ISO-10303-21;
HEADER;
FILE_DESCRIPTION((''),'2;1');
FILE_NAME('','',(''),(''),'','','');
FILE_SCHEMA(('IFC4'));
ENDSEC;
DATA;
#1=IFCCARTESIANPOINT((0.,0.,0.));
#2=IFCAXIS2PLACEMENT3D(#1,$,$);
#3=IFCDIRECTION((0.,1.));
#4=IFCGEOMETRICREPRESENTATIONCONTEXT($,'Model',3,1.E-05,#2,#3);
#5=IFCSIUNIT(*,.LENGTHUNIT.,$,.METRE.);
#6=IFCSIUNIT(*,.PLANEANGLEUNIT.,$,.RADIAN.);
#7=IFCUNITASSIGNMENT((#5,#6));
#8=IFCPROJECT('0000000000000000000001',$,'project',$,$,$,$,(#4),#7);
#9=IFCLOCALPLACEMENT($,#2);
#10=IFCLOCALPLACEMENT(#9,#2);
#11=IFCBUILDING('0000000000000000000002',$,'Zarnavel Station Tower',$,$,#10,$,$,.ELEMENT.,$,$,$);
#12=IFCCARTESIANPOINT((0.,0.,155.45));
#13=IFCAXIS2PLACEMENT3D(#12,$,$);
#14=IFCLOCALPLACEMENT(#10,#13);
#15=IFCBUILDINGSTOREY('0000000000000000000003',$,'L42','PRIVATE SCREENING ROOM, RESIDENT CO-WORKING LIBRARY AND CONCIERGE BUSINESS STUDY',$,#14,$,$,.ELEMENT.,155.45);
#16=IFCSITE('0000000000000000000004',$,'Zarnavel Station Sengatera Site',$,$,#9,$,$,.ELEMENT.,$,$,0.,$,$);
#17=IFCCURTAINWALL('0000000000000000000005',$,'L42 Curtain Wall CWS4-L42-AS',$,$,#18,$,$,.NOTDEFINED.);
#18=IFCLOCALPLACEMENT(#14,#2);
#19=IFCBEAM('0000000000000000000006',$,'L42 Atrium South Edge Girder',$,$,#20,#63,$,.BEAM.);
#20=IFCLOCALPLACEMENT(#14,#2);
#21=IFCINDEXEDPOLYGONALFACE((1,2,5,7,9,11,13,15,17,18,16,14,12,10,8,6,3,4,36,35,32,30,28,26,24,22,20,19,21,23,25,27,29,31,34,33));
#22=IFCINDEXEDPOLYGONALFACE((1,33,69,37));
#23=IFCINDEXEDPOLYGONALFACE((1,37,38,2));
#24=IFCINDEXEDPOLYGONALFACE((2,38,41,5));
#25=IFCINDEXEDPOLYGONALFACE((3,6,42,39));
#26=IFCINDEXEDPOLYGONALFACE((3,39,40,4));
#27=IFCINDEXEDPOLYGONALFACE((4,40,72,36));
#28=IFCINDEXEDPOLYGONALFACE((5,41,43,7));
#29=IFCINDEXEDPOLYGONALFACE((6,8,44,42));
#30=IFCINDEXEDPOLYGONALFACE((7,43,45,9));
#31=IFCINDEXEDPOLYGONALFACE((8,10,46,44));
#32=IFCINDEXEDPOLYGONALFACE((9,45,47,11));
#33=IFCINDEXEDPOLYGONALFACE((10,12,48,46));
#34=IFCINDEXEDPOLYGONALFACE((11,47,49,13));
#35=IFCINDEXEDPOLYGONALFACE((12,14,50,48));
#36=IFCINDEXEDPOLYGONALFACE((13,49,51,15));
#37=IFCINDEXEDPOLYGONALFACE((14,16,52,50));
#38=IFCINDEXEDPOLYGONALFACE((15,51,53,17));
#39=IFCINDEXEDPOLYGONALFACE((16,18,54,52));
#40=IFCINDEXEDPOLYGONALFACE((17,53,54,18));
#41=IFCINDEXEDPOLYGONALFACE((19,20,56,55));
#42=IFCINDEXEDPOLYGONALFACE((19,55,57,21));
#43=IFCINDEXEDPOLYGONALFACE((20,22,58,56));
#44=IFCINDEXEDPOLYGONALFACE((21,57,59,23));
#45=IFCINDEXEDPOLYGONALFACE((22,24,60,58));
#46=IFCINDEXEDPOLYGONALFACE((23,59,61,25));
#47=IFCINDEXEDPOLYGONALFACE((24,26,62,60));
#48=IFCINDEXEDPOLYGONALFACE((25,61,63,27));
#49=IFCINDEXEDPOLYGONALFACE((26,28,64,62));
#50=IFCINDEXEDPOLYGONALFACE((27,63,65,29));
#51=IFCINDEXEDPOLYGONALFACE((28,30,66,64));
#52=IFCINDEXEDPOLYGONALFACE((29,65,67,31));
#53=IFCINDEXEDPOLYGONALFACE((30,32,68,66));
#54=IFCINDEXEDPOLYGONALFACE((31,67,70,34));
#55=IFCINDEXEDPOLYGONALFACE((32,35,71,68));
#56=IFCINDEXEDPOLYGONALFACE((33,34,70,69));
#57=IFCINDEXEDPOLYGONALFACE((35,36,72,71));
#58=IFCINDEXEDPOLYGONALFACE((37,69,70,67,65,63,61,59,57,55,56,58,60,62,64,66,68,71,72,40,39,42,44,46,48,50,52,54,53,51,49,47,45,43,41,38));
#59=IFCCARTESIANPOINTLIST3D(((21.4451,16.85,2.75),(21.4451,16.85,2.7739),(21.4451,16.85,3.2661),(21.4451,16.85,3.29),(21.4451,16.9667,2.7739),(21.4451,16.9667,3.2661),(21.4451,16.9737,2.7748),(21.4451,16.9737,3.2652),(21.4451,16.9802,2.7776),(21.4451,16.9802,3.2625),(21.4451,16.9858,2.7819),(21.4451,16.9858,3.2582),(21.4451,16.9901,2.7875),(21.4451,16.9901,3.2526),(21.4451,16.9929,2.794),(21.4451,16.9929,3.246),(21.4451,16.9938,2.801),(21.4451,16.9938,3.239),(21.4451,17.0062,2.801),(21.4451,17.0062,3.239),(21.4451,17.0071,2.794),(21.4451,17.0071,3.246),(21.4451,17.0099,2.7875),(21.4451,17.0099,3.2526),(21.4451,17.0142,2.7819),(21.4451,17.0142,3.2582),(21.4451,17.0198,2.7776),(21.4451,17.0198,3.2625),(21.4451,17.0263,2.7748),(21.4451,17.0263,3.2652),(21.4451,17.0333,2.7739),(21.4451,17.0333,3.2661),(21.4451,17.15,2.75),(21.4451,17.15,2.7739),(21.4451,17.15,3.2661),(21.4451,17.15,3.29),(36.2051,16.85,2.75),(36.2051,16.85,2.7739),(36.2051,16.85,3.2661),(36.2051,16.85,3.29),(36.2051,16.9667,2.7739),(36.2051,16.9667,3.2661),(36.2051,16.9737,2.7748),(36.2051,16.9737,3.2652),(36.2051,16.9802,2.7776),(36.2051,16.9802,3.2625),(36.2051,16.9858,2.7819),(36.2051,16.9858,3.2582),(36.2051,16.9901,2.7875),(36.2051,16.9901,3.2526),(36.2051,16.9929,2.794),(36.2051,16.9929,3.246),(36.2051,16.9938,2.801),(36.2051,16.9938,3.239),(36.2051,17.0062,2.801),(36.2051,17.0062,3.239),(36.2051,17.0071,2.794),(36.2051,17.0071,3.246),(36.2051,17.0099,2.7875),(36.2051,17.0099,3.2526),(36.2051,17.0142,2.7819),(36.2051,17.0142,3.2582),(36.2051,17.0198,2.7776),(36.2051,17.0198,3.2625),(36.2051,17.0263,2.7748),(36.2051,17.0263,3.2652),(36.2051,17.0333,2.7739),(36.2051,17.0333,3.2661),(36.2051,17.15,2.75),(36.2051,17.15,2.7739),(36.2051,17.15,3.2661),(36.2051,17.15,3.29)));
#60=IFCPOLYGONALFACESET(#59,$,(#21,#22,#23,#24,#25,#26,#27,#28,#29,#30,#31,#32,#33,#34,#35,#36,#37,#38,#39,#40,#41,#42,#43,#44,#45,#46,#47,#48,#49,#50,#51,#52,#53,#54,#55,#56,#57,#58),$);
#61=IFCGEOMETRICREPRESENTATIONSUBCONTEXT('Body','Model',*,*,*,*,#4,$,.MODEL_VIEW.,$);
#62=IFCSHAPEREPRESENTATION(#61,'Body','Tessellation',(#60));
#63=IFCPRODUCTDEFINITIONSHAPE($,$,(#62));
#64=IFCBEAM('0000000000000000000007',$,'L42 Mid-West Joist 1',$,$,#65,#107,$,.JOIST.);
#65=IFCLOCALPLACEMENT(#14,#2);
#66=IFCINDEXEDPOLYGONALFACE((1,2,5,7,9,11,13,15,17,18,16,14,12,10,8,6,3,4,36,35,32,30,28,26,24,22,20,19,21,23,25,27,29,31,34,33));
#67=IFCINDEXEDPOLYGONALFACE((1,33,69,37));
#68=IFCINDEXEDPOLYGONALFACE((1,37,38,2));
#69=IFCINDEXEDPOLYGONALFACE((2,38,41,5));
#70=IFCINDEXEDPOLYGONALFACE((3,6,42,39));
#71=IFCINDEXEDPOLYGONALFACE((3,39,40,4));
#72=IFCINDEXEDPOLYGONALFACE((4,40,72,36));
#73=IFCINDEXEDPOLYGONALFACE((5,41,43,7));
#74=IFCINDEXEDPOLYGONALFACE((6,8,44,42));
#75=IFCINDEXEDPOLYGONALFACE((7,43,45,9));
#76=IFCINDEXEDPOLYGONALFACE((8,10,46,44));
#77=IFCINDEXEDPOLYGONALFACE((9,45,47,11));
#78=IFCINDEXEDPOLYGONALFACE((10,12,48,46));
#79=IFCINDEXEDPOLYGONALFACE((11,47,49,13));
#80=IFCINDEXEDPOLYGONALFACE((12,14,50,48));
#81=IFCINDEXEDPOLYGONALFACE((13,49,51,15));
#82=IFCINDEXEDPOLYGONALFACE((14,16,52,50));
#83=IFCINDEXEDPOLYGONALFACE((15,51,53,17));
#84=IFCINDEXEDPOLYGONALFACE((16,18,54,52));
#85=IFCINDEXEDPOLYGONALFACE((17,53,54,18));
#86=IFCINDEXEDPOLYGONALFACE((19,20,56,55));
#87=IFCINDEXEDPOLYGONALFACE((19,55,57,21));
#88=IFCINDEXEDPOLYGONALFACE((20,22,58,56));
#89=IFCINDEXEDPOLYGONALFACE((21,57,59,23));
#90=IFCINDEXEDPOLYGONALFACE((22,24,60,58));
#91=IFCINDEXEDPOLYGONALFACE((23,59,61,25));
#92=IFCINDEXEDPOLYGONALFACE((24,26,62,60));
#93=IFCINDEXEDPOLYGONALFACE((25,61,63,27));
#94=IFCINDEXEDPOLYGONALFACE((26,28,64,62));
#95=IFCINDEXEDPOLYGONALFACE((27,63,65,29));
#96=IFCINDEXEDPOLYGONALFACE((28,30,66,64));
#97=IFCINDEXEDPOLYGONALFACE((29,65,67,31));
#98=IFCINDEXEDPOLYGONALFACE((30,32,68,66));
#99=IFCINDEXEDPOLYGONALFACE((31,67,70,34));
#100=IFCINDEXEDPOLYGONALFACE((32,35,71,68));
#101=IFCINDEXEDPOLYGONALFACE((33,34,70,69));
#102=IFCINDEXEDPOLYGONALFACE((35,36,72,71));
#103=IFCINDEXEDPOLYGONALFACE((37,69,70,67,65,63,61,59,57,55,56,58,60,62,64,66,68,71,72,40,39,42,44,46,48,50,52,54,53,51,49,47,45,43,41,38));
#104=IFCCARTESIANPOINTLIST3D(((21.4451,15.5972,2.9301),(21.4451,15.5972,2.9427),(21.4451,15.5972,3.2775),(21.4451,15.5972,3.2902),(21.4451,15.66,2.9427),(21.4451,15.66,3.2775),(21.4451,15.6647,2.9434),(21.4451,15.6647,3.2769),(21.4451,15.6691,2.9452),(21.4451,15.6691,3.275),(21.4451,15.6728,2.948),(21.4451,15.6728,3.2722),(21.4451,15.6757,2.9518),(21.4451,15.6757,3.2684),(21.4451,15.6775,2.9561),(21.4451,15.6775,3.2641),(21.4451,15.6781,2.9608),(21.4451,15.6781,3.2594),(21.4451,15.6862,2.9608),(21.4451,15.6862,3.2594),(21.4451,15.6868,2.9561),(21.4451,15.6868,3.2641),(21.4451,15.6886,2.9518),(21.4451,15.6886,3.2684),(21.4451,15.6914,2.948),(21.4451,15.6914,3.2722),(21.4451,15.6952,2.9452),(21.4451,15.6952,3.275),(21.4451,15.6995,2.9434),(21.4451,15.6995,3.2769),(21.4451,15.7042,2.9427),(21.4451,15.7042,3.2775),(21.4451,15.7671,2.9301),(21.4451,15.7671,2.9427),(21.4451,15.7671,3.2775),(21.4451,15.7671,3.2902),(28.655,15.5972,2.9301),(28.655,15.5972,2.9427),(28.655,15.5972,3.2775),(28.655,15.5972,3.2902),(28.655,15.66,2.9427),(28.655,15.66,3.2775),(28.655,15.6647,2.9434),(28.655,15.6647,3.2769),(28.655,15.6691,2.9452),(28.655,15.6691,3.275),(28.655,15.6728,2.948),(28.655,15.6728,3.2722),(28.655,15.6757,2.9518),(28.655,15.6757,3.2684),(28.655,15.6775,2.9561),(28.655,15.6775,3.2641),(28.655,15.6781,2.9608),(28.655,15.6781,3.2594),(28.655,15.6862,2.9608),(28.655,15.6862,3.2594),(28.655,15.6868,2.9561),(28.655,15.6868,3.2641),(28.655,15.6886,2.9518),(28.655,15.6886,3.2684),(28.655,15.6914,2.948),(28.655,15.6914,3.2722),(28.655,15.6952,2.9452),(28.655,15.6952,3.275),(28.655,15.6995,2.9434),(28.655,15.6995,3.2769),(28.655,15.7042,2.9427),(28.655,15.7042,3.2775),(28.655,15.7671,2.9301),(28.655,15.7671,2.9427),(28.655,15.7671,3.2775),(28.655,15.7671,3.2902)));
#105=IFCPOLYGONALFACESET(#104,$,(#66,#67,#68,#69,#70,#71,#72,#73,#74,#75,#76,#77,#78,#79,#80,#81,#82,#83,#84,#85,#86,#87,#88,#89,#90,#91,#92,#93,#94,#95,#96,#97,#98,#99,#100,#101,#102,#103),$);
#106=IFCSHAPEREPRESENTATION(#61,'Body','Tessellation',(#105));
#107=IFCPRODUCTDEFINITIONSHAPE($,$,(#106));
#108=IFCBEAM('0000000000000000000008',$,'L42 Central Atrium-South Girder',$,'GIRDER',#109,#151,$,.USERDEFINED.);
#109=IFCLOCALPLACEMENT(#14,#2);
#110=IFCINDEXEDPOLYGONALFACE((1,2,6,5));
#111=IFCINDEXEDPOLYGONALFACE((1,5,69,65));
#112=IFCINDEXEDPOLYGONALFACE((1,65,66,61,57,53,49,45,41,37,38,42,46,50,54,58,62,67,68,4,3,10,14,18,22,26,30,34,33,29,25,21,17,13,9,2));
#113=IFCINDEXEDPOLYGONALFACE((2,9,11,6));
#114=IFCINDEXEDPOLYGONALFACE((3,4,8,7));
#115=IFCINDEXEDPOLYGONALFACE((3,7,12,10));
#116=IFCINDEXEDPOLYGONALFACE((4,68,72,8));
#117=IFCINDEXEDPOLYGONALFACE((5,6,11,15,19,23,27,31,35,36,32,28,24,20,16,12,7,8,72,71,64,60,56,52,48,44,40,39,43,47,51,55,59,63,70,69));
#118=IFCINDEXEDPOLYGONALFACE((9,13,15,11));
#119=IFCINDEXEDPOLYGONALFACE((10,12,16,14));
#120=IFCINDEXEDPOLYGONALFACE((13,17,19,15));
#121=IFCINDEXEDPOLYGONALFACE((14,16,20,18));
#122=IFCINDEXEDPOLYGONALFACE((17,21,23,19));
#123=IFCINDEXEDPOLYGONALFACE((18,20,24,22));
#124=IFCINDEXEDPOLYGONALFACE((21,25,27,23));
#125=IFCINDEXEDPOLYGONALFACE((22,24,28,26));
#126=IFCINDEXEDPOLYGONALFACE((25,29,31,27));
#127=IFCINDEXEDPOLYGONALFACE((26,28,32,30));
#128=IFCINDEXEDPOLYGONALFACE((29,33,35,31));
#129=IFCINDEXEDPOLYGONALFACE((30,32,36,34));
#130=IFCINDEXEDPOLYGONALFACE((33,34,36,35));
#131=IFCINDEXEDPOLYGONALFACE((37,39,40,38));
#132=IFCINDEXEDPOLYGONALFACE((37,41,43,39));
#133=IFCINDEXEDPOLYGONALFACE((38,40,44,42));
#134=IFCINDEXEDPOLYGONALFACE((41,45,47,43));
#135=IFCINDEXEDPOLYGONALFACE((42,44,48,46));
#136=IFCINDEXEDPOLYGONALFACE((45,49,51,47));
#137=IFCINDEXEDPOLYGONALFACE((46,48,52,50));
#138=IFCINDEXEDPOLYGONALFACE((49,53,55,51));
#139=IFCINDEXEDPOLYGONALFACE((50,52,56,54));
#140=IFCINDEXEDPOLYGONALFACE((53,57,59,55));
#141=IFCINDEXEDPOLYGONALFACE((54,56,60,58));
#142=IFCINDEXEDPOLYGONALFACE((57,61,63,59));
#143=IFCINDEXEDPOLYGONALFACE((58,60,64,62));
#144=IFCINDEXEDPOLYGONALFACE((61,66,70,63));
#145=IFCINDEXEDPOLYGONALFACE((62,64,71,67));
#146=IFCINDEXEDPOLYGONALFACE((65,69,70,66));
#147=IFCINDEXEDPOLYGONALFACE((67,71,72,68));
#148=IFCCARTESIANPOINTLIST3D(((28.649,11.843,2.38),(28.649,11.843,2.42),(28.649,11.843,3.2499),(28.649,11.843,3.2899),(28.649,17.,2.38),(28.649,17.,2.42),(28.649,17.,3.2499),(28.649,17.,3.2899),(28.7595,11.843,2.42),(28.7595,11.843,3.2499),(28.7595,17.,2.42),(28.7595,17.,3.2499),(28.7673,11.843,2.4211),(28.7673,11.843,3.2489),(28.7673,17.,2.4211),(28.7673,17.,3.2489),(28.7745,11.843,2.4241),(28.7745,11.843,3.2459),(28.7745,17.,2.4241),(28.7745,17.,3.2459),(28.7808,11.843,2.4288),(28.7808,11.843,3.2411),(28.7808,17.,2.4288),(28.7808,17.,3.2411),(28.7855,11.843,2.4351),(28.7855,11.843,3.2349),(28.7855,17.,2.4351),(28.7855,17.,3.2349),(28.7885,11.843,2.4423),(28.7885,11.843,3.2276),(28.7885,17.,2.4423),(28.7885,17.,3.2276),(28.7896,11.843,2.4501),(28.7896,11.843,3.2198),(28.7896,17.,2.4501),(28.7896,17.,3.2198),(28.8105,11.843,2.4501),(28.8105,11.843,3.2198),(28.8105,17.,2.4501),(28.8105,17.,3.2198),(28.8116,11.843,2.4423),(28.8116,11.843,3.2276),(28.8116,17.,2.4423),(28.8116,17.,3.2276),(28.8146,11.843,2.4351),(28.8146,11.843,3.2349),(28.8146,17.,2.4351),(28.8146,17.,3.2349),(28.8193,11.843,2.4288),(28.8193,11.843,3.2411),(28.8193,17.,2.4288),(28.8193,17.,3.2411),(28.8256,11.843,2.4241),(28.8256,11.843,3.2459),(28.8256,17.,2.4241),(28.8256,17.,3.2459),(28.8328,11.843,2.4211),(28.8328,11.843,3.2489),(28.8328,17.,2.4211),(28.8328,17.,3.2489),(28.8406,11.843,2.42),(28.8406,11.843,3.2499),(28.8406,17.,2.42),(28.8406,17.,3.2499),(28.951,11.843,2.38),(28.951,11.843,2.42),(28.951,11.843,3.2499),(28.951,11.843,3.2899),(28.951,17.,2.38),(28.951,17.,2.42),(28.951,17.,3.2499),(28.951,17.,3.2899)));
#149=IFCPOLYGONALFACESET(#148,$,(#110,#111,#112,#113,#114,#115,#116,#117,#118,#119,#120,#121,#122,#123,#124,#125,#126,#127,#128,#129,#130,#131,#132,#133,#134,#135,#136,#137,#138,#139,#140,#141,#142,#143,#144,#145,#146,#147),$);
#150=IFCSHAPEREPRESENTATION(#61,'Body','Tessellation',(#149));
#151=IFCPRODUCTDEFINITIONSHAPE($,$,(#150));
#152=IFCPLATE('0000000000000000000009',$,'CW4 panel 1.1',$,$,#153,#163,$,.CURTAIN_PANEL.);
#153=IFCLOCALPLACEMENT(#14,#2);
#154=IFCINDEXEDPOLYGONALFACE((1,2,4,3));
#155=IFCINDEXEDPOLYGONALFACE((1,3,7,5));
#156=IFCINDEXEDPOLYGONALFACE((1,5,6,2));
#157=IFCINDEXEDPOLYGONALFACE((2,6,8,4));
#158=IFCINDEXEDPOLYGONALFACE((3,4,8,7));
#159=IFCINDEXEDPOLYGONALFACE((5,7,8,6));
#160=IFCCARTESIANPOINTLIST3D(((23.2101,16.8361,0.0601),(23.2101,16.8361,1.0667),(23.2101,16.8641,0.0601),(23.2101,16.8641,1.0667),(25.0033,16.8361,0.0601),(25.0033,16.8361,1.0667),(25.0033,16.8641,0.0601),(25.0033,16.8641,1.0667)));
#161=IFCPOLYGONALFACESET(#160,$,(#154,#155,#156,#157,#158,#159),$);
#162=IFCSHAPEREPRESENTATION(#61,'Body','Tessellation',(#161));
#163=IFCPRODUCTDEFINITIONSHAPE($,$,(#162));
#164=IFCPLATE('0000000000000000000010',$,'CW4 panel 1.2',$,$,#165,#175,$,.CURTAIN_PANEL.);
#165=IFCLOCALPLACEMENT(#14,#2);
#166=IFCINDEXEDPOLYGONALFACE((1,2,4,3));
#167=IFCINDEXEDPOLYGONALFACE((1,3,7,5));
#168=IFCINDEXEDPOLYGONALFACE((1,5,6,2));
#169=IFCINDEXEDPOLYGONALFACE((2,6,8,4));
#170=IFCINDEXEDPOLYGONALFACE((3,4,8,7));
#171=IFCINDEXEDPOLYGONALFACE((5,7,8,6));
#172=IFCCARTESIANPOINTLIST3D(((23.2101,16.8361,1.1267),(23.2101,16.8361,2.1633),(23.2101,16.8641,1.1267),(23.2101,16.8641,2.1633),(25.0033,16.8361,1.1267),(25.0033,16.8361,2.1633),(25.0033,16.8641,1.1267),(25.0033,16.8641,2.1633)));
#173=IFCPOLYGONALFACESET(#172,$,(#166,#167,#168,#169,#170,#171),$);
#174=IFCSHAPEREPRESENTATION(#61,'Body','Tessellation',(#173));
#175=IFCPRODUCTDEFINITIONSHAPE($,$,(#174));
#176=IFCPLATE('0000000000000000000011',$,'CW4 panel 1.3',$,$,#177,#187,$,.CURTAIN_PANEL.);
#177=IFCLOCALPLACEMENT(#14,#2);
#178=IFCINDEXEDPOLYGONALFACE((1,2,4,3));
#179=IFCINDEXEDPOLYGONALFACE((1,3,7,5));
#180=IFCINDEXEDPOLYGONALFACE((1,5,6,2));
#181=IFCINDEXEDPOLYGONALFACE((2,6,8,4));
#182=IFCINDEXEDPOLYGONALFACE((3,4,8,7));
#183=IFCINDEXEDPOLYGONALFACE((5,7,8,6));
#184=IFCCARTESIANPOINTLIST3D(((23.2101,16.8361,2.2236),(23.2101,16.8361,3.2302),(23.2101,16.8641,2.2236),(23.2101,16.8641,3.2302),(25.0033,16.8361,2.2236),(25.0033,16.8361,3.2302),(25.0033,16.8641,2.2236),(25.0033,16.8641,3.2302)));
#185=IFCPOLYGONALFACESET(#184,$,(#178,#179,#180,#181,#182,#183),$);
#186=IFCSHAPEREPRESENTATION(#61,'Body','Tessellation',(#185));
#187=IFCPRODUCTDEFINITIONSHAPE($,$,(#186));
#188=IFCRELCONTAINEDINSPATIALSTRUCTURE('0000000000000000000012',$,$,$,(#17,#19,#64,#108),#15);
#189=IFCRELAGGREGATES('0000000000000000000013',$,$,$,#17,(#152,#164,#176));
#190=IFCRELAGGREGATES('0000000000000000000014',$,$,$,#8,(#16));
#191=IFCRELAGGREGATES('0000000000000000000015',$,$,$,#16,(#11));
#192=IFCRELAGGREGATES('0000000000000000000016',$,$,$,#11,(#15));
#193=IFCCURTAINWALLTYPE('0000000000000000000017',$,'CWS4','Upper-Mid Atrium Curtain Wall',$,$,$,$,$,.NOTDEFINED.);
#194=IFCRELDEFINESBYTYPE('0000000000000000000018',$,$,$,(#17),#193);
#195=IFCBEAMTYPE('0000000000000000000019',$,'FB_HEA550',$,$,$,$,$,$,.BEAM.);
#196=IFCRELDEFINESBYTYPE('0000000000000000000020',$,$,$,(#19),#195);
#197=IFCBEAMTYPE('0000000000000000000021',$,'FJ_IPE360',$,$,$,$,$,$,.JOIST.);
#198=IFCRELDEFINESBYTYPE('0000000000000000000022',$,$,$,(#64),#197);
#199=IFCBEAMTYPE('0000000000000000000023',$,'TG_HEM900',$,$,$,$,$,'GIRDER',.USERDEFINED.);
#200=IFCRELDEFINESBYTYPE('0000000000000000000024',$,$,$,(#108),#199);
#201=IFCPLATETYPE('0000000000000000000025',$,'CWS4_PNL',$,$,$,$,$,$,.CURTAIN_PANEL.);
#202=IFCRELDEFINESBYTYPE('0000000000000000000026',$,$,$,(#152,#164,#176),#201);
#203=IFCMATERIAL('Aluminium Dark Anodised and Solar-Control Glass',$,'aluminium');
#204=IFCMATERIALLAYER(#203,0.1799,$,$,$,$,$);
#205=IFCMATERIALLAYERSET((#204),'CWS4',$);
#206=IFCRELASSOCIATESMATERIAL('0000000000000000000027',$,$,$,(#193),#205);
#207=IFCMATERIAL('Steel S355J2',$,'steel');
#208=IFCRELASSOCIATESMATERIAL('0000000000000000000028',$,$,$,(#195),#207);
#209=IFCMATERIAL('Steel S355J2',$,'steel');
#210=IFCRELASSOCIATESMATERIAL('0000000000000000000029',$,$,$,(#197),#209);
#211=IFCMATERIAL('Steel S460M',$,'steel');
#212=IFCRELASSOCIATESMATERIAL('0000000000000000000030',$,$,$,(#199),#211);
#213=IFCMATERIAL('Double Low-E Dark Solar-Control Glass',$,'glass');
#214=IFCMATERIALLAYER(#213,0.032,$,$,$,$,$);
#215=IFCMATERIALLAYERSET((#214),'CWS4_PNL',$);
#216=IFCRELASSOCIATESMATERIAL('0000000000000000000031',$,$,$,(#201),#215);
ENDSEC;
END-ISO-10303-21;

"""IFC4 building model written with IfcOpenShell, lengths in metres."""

from ifc_helpers import new_model, si_unit, direction, frame, origin, origin_2d, place, context, subcontext, project, spatial, rectangle, i_section, extrude, material, layer, layer_set, material_profile, profile_set, type_object, element, aggregate, save


model = new_model("IFC4")

# Units and contexts
model_context = context("Model", 3, precision=1e-05, world=origin(), true_north=direction((0.0, 1.0)))
body_context = subcontext(model_context, "Body", "Model", "MODEL_VIEW")
ifc_project = project(units=[si_unit("LENGTHUNIT", "METRE"), si_unit("PLANEANGLEUNIT", "RADIAN")], contexts=[model_context])

# Site, building, storey
site_placement = place(None, origin())
site = spatial("IfcSite", under=ifc_project, at=site_placement, Name="Zarnavel Station Sengatera Site", CompositionType="ELEMENT", RefElevation=0.0)
building_placement = place(site_placement, origin())
building = spatial("IfcBuilding", under=site, at=building_placement, Name="Zarnavel Station Tower", CompositionType="ELEMENT")
storey_placement = place(building_placement, frame((0.0, 0.0, 155.45)))
storey = spatial("IfcBuildingStorey", under=building, at=storey_placement, Name="L42", Description="PRIVATE SCREENING ROOM, RESIDENT CO-WORKING LIBRARY AND CONCIERGE BUSINESS STUDY", CompositionType="ELEMENT", Elevation=155.45)

# Curtain wall
ifc_material_1 = material(Name="Aluminium Dark Anodised and Solar-Control Glass", Category="aluminium")
ifc_layer_1 = layer(ifc_material_1, 0.1799)
ifc_layer_set_1 = layer_set([ifc_layer_1], Name="CWS4")
curtain_wall_type = type_object("IfcCurtainWallType", Name="CWS4", Description="Upper-Mid Atrium Curtain Wall", PredefinedType="NOTDEFINED", material=ifc_layer_set_1)
curtain_wall_placement = place(storey_placement, origin())
curtain_wall = element("IfcCurtainWall", 1, at=curtain_wall_placement, inside=storey, type_object=curtain_wall_type, Name="L42 Curtain Wall CWS4-L42-AS", PredefinedType="NOTDEFINED")

# Beams
ifc_material_2 = material(Name="Steel S355J2", Category="steel")
ifc_material_profile_1 = material_profile(ifc_material_2, i_section(OverallWidth=0.3, OverallDepth=0.54, WebThickness=0.0125, FlangeThickness=0.0239, FilletRadius=0.0271, at=origin_2d()), Name="HEA550")
ifc_profile_set_1 = profile_set([ifc_material_profile_1], Name="Steel S355J2")
beam_type_1 = type_object("IfcBeamType", Name="FB_HEA550", PredefinedType="BEAM", material=ifc_profile_set_1)
beam_1_placement = place(storey_placement, frame((21.4451, 17.0, 3.02), z_axis=(1.0, 0.0, 0.0), x_axis=(0.0, 1.0, 0.0)))
element("IfcBeam", 2, at=beam_1_placement, inside=storey, type_object=beam_type_1, Name="L42 Atrium South Edge Girder", PredefinedType="BEAM", context=body_context, shape_type="SweptSolid", body=[
    extrude(i_section(OverallWidth=0.3, OverallDepth=0.54, WebThickness=0.0125, FlangeThickness=0.0239, FilletRadius=0.0271, at=origin_2d()), origin(), (0.0, 0.0, 1.0), 14.76),
])
ifc_material_3 = material(Name="Steel S355J2", Category="steel")
ifc_material_profile_2 = material_profile(ifc_material_3, i_section(OverallWidth=0.1699, OverallDepth=0.3601, WebThickness=0.0081, FlangeThickness=0.0127, FilletRadius=0.0181, at=origin_2d()), Name="IPE360")
ifc_profile_set_2 = profile_set([ifc_material_profile_2], Name="Steel S355J2")
beam_type_2 = type_object("IfcBeamType", Name="FJ_IPE360", PredefinedType="JOIST", material=ifc_profile_set_2)
beam_2_placement = place(storey_placement, frame((21.4451, 15.6821, 3.1101), z_axis=(1.0, 0.0, 0.0), x_axis=(0.0, 1.0, 0.0)))
element("IfcBeam", 3, at=beam_2_placement, inside=storey, type_object=beam_type_2, Name="L42 Mid-West Joist 1", PredefinedType="JOIST", context=body_context, shape_type="SweptSolid", body=[
    extrude(i_section(OverallWidth=0.1699, OverallDepth=0.3601, WebThickness=0.0081, FlangeThickness=0.0127, FilletRadius=0.0181, at=origin_2d()), origin(), (0.0, 0.0, 1.0), 7.21),
])
ifc_material_4 = material(Name="Steel S460M", Category="steel")
ifc_material_profile_3 = material_profile(ifc_material_4, i_section(OverallWidth=0.302, OverallDepth=0.9099, WebThickness=0.021, FlangeThickness=0.04, FilletRadius=0.03, at=origin_2d()), Name="HEM900")
ifc_profile_set_3 = profile_set([ifc_material_profile_3], Name="Steel S460M")
beam_type_3 = type_object("IfcBeamType", Name="TG_HEM900", ElementType="GIRDER", PredefinedType="USERDEFINED", material=ifc_profile_set_3)
beam_3_placement = place(storey_placement, frame((28.8, 11.843, 2.835), z_axis=(0.0, 1.0, 0.0), x_axis=(-1.0, 0.0, 0.0)))
element("IfcBeam", 4, at=beam_3_placement, inside=storey, type_object=beam_type_3, Name="L42 Central Atrium-South Girder", ObjectType="GIRDER", PredefinedType="USERDEFINED", context=body_context, shape_type="SweptSolid", body=[
    extrude(i_section(OverallWidth=0.302, OverallDepth=0.9099, WebThickness=0.021, FlangeThickness=0.04, FilletRadius=0.03, at=origin_2d()), origin(), (0.0, 0.0, 1.0), 5.157),
])

# Plates
ifc_material_5 = material(Name="Double Low-E Dark Solar-Control Glass", Category="glass")
ifc_layer_2 = layer(ifc_material_5, 0.032)
ifc_layer_set_2 = layer_set([ifc_layer_2], Name="CWS4_PNL")
plate_type = type_object("IfcPlateType", Name="CWS4_PNL", PredefinedType="CURTAIN_PANEL", material=ifc_layer_set_2)
plate_1_placement = place(storey_placement, frame((24.1067, 16.8501, 0.0601), z_axis=(0.0, 0.0, 1.0), x_axis=(1.0, 0.0, 0.0)))
plate_1 = element("IfcPlate", 5, at=plate_1_placement, type_object=plate_type, Name="CW4 panel 1.1", PredefinedType="CURTAIN_PANEL", context=body_context, shape_type="SweptSolid", body=[
    extrude(rectangle(XDim=1.7932, YDim=0.0281, at=origin_2d()), origin(), (0.0, 0.0, 1.0), 1.0066),
])
plate_2_placement = place(storey_placement, frame((24.1067, 16.8501, 1.1267), z_axis=(0.0, 0.0, 1.0), x_axis=(1.0, 0.0, 0.0)))
plate_2 = element("IfcPlate", 6, at=plate_2_placement, type_object=plate_type, Name="CW4 panel 1.2", PredefinedType="CURTAIN_PANEL", context=body_context, shape_type="SweptSolid", body=[
    extrude(rectangle(XDim=1.7932, YDim=0.0281, at=origin_2d()), origin(), (0.0, 0.0, 1.0), 1.0366),
])
plate_3_placement = place(storey_placement, frame((24.1067, 16.8501, 2.2236), z_axis=(0.0, 0.0, 1.0), x_axis=(1.0, 0.0, 0.0)))
plate_3 = element("IfcPlate", 7, at=plate_3_placement, type_object=plate_type, Name="CW4 panel 1.3", PredefinedType="CURTAIN_PANEL", context=body_context, shape_type="SweptSolid", body=[
    extrude(rectangle(XDim=1.7932, YDim=0.0281, at=origin_2d()), origin(), (0.0, 0.0, 1.0), 1.0066),
])
aggregate(curtain_wall, [plate_1, plate_2, plate_3])

save(model, "model.ifc")
